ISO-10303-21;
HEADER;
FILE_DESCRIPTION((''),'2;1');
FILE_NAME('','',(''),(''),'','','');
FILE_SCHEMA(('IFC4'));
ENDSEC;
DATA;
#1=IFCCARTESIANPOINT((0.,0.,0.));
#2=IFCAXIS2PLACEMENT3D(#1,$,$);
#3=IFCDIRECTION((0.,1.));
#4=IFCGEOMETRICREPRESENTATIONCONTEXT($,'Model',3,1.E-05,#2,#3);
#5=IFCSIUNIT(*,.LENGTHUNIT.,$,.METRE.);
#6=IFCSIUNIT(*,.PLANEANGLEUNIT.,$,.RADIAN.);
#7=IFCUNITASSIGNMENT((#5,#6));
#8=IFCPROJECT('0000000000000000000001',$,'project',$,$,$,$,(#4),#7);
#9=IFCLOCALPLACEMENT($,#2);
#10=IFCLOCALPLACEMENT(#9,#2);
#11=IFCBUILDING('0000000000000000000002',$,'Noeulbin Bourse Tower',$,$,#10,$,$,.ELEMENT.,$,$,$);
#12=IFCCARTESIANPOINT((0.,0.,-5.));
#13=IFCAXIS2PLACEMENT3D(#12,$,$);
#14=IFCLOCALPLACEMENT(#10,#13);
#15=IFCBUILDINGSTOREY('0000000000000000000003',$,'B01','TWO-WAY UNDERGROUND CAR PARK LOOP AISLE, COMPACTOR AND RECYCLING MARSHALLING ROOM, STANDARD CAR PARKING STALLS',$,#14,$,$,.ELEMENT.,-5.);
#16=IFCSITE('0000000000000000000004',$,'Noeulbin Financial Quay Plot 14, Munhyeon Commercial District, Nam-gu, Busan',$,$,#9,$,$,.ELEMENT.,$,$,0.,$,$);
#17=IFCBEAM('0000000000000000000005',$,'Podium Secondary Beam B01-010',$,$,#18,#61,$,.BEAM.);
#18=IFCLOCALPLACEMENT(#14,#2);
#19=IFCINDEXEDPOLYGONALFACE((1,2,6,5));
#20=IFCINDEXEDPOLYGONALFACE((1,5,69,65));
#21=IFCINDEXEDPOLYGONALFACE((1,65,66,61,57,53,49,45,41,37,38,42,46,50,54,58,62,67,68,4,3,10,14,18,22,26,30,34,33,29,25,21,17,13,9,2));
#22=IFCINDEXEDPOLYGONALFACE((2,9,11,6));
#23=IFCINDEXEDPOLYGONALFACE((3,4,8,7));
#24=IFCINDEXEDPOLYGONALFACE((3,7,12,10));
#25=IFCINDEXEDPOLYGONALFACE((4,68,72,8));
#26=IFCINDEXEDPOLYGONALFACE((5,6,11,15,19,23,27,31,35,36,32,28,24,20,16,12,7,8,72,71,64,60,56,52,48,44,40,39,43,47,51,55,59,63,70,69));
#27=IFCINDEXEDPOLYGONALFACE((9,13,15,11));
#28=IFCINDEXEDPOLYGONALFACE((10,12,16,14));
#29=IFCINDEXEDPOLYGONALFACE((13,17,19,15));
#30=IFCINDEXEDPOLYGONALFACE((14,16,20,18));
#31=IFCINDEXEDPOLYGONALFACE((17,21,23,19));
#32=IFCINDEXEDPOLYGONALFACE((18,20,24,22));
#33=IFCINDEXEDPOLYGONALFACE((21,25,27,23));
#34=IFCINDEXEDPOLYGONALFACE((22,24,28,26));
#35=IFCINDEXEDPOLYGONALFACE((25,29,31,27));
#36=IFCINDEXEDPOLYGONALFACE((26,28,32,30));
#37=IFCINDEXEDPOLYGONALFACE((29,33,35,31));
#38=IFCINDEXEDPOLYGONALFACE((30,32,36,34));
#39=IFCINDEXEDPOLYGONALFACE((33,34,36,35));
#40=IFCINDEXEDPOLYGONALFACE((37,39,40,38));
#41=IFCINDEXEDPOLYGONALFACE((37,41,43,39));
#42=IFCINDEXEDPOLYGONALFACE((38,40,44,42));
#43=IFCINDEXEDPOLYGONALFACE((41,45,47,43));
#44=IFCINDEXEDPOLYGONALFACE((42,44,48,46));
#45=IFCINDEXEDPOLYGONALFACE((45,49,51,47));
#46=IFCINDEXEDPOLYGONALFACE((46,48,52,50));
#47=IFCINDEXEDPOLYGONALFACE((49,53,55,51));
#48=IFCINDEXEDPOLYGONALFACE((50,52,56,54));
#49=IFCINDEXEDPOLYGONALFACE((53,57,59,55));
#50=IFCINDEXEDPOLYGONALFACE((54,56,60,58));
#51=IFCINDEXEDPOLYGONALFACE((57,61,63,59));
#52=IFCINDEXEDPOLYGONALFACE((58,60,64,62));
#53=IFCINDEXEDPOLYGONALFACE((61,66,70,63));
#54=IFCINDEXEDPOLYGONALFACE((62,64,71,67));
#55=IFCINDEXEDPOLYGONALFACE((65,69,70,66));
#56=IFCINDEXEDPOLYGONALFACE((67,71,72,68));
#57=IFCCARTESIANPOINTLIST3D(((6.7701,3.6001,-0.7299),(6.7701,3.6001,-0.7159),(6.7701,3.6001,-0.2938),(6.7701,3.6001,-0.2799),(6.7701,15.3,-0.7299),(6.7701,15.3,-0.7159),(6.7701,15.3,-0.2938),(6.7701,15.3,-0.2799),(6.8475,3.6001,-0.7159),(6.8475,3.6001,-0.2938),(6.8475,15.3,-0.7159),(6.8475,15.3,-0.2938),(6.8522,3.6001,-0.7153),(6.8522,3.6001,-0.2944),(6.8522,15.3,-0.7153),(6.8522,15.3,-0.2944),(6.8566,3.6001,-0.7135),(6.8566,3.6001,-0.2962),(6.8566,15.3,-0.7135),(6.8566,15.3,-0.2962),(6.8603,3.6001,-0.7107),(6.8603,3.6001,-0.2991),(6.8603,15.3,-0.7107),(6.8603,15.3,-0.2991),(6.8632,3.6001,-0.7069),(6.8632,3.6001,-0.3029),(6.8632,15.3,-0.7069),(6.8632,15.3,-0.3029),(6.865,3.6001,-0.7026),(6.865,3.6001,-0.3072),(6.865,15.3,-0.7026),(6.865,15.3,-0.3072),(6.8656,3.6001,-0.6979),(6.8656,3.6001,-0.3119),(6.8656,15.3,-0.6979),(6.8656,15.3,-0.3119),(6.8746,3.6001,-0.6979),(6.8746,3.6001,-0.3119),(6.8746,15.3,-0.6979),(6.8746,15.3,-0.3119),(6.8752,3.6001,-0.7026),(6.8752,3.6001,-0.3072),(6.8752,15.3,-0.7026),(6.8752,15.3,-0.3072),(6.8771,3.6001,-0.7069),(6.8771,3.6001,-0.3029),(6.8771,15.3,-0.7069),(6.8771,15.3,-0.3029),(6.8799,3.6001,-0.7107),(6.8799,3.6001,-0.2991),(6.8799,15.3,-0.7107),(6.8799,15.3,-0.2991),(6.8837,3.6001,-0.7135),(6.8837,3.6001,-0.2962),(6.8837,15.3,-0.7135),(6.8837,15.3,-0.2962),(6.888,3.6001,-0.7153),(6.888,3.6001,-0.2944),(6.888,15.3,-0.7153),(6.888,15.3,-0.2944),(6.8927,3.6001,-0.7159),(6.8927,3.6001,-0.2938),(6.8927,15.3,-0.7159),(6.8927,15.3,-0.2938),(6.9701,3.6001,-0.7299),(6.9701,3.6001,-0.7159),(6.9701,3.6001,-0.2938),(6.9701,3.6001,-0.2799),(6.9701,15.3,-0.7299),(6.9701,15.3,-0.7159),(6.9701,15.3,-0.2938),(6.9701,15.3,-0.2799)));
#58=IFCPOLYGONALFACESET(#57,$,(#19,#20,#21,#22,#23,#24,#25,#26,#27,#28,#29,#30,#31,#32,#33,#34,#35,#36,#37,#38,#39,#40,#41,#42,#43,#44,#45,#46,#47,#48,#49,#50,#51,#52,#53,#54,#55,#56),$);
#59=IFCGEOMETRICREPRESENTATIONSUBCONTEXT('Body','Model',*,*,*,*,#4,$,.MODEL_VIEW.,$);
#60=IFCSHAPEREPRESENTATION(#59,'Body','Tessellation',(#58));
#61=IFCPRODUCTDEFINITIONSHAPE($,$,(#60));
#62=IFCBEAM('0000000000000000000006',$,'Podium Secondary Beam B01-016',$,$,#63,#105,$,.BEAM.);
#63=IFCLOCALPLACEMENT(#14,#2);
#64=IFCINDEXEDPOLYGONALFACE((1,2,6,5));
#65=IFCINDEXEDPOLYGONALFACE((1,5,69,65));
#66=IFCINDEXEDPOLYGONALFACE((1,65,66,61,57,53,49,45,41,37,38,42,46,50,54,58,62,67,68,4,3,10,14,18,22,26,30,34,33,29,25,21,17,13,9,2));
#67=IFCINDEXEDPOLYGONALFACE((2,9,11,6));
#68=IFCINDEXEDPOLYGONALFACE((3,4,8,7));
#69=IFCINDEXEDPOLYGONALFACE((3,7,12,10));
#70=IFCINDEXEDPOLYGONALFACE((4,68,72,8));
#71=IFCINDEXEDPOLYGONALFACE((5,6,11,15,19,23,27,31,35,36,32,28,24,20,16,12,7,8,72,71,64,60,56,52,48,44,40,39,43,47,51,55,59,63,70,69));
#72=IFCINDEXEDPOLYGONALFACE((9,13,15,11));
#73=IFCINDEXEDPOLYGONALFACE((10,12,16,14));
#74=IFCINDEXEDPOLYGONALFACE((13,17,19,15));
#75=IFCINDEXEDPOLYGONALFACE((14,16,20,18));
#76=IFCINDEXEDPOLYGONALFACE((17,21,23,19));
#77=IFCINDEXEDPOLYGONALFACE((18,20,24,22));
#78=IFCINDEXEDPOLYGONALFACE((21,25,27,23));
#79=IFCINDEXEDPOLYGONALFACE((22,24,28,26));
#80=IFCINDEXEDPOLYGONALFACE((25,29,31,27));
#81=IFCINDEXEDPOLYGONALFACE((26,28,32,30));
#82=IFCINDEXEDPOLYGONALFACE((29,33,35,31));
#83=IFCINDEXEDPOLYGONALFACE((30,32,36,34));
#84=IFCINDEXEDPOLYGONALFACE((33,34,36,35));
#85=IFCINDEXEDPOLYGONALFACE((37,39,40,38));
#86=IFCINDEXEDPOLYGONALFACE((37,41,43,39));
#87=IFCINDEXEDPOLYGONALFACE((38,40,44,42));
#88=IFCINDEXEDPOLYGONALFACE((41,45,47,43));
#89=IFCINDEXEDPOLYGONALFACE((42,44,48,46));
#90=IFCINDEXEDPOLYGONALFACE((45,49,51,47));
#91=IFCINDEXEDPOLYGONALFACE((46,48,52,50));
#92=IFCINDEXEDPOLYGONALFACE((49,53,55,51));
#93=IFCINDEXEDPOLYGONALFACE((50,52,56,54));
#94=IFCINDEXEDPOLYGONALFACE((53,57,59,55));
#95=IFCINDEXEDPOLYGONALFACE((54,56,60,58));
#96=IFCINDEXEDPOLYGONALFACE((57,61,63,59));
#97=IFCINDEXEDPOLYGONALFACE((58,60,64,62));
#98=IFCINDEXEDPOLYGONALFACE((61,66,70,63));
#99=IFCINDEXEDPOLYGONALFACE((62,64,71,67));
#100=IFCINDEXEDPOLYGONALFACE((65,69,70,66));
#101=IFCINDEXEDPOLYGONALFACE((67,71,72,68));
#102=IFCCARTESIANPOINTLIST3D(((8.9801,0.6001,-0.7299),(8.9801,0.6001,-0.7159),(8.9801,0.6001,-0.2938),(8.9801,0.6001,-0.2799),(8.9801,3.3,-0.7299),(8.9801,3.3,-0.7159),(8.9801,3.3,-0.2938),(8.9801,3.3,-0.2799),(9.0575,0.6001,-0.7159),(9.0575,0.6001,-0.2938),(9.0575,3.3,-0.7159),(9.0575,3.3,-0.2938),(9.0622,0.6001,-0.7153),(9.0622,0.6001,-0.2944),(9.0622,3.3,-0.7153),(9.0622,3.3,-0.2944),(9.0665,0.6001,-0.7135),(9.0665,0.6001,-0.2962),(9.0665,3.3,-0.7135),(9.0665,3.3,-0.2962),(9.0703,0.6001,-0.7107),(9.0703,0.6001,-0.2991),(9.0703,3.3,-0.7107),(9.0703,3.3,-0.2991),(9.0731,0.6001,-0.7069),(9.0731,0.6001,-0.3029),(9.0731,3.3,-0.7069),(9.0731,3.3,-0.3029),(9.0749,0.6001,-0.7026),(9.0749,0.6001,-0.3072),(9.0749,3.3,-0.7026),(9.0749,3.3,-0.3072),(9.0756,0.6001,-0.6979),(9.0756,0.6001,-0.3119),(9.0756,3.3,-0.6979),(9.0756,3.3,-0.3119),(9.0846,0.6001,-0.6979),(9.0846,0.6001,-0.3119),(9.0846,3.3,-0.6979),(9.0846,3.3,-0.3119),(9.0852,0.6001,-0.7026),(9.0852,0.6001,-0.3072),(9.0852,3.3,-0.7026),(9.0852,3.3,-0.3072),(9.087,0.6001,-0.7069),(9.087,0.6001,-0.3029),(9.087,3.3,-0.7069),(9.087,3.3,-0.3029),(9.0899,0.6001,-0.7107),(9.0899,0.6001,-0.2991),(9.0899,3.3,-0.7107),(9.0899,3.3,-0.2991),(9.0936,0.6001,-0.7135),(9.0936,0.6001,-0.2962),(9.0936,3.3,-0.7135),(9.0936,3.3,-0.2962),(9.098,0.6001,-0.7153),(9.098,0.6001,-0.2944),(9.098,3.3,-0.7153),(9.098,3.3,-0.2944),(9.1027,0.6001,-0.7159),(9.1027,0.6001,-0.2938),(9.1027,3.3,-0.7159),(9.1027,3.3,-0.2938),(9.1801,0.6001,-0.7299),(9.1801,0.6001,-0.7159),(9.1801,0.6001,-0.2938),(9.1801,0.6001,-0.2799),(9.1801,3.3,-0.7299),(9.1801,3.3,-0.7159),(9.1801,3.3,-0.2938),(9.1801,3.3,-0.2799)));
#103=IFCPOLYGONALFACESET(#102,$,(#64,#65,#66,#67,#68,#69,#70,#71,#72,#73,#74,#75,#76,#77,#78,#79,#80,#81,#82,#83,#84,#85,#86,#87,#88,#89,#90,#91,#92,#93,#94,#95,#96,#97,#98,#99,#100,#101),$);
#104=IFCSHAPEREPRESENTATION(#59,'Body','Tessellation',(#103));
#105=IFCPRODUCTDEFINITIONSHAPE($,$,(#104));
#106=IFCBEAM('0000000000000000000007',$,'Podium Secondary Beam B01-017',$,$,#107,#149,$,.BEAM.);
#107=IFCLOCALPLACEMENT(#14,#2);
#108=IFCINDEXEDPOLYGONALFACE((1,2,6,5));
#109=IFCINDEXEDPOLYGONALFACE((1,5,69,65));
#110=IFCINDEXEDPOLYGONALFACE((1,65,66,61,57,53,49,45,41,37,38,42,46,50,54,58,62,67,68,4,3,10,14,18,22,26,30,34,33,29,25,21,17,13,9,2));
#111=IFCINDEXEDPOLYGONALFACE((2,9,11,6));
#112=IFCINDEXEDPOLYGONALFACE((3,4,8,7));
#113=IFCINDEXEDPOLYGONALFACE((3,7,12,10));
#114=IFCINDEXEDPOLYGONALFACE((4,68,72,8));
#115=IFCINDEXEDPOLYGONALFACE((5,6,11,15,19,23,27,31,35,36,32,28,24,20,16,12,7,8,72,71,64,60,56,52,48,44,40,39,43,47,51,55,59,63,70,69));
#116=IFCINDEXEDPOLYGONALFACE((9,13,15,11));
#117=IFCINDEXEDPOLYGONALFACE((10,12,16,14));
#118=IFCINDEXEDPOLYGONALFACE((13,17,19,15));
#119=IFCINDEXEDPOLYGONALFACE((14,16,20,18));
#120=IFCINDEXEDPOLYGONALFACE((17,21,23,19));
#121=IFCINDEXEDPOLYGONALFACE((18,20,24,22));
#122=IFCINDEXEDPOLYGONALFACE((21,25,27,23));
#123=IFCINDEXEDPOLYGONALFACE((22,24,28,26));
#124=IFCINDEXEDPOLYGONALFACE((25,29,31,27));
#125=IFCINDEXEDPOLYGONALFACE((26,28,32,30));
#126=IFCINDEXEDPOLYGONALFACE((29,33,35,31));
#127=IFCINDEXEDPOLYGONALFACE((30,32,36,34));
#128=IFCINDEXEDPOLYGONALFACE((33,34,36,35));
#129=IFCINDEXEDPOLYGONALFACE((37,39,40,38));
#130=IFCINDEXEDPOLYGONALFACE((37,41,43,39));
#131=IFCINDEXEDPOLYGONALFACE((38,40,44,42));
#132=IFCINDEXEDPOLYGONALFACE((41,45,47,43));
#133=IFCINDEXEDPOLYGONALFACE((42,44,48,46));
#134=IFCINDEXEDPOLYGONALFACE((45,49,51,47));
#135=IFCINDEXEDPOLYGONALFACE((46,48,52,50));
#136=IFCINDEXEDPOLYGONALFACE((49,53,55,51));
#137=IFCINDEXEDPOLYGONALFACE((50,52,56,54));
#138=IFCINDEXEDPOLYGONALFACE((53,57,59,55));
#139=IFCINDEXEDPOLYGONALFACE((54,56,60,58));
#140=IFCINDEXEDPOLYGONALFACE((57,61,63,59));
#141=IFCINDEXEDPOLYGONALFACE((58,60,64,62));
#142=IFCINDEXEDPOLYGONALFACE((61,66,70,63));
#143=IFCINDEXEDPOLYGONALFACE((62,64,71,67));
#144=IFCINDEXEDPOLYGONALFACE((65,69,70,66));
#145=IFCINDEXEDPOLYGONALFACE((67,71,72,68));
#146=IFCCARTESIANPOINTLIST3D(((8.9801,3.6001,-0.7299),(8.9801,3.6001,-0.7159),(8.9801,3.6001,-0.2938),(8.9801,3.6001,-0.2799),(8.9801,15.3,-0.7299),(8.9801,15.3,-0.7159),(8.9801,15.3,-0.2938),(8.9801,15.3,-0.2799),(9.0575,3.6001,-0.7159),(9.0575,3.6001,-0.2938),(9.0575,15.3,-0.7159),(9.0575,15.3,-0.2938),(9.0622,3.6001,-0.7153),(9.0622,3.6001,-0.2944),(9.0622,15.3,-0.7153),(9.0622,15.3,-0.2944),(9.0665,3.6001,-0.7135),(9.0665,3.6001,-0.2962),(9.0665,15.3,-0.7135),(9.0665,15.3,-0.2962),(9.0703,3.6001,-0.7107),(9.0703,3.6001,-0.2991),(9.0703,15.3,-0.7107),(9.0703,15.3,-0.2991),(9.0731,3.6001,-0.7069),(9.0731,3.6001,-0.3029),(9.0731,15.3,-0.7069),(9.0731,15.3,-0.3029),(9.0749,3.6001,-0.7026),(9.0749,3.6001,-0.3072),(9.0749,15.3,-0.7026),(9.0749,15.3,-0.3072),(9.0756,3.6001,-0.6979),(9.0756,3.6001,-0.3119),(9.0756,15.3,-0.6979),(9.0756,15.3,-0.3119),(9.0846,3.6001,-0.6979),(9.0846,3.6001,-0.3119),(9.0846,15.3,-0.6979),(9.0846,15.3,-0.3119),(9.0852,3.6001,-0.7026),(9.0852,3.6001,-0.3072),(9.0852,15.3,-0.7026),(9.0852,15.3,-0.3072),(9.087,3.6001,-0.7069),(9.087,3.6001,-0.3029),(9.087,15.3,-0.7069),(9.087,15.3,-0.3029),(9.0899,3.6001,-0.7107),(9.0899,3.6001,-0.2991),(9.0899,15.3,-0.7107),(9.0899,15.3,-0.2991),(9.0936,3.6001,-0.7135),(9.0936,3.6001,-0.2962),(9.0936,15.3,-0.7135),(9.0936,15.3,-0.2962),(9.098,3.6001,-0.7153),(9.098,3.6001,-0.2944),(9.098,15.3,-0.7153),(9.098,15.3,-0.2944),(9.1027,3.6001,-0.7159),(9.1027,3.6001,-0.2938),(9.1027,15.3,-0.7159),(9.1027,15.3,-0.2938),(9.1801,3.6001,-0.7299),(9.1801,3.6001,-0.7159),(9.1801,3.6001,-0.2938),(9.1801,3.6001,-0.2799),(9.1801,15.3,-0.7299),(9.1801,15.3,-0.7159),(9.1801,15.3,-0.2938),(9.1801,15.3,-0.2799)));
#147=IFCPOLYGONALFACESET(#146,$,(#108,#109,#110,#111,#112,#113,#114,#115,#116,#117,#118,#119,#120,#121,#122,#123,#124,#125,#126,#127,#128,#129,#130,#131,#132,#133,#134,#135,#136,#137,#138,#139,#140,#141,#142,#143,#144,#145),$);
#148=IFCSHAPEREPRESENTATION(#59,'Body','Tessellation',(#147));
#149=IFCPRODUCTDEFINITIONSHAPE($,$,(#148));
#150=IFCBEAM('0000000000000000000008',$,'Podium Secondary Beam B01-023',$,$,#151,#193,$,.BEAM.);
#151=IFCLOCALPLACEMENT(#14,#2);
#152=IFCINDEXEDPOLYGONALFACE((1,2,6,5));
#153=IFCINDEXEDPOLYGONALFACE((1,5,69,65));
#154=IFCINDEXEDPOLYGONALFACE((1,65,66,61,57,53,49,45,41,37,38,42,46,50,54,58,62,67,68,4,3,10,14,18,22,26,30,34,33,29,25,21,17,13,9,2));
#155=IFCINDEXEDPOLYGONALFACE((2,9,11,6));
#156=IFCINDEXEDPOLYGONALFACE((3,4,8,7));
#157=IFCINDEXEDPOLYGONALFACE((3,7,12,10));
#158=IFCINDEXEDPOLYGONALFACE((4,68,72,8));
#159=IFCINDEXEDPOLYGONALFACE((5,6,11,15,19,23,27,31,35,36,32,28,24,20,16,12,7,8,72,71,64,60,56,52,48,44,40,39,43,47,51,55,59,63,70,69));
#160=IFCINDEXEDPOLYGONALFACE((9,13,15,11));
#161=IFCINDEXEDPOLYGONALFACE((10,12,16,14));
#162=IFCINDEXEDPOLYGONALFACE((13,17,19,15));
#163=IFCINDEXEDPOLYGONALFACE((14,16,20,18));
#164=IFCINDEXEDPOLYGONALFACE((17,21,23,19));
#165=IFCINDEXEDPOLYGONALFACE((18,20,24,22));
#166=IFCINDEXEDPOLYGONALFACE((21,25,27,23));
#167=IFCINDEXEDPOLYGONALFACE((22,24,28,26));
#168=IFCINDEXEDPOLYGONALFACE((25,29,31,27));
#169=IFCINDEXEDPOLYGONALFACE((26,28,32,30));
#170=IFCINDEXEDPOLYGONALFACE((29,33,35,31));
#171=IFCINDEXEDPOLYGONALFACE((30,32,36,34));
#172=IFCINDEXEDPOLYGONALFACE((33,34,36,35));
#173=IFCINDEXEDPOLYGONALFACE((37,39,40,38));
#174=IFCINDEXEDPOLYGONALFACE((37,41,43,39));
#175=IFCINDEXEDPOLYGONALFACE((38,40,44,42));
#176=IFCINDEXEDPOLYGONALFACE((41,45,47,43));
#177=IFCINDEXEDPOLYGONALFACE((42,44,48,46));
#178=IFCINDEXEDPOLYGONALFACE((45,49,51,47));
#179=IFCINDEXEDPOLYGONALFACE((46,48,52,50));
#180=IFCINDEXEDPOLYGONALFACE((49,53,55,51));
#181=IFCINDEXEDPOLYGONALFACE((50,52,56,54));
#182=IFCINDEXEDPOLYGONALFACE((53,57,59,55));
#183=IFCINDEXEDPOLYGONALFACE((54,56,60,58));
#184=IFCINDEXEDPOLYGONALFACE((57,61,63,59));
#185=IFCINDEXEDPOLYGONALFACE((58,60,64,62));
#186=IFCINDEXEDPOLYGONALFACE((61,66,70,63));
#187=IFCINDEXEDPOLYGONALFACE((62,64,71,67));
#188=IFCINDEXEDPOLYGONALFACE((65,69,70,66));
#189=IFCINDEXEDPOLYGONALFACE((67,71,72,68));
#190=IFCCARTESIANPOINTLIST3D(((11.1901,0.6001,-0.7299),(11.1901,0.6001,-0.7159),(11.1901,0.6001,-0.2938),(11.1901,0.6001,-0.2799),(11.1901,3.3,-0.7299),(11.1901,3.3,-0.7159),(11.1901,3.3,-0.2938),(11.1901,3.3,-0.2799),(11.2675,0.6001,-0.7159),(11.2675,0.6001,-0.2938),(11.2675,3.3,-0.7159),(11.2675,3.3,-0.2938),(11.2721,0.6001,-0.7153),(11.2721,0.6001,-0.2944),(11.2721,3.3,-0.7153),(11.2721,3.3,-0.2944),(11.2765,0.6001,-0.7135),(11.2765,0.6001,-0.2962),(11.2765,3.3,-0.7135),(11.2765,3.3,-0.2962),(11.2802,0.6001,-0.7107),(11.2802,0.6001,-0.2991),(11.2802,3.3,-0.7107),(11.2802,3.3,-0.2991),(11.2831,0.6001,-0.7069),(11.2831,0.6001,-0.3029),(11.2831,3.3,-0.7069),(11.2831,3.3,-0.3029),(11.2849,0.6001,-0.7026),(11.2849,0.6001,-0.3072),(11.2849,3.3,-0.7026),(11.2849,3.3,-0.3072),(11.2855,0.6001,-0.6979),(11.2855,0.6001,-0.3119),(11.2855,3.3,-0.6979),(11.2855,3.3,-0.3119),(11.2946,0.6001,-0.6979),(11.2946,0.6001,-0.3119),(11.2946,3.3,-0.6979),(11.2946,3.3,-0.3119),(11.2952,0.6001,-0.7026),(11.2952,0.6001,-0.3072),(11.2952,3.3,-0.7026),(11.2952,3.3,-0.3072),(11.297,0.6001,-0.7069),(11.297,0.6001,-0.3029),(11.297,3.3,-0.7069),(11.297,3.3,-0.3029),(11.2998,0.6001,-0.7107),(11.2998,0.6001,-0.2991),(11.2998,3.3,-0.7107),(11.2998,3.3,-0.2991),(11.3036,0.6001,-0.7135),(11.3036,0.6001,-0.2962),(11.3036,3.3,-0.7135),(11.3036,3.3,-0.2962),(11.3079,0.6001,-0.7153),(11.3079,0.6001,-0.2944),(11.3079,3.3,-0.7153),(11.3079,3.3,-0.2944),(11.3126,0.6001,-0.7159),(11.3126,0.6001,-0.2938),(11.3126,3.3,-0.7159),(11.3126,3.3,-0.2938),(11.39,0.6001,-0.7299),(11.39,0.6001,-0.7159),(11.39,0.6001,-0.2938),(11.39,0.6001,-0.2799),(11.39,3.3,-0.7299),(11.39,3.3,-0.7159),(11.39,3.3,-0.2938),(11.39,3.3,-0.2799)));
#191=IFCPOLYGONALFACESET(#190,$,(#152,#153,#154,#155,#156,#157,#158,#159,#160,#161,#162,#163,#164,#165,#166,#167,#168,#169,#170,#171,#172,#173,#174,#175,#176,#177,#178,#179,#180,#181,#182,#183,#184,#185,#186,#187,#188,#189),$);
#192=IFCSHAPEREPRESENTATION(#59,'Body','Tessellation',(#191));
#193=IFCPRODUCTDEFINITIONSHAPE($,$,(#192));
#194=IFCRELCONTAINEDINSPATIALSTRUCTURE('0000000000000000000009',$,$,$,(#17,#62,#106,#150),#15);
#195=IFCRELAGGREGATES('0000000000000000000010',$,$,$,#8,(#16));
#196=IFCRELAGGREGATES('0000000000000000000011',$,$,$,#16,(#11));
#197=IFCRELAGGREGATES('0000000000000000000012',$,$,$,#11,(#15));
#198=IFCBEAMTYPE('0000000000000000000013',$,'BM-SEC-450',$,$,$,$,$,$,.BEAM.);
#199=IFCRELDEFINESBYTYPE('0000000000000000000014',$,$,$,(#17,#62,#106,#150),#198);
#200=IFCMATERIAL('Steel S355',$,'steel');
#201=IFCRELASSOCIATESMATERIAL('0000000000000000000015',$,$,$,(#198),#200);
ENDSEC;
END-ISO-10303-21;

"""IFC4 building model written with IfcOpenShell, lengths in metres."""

from ifc_helpers import new_model, si_unit, direction, frame, origin, origin_2d, place, context, subcontext, project, spatial, i_section, extrude, material, material_profile, profile_set, type_object, element, save


model = new_model("IFC4")

# Units and contexts
model_context = context("Model", 3, precision=1e-05, world=origin(), true_north=direction((0.0, 1.0)))
body_context = subcontext(model_context, "Body", "Model", "MODEL_VIEW")
ifc_project = project(units=[si_unit("LENGTHUNIT", "METRE"), si_unit("PLANEANGLEUNIT", "RADIAN")], contexts=[model_context])

# Site, building, storey
site_placement = place(None, origin())
site = spatial("IfcSite", under=ifc_project, at=site_placement, Name="Noeulbin Financial Quay Plot 14, Munhyeon Commercial District, Nam-gu, Busan", CompositionType="ELEMENT", RefElevation=0.0)
building_placement = place(site_placement, origin())
building = spatial("IfcBuilding", under=site, at=building_placement, Name="Noeulbin Bourse Tower", CompositionType="ELEMENT")
storey_placement = place(building_placement, frame((0.0, 0.0, -5.0)))
storey = spatial("IfcBuildingStorey", under=building, at=storey_placement, Name="B01", Description="TWO-WAY UNDERGROUND CAR PARK LOOP AISLE, COMPACTOR AND RECYCLING MARSHALLING ROOM, STANDARD CAR PARKING STALLS", CompositionType="ELEMENT", Elevation=-5.0)

# Beams
ifc_material_1 = material(Name="Steel S355", Category="steel")
ifc_material_profile_1 = material_profile(ifc_material_1, i_section(OverallWidth=0.2, OverallDepth=0.45, WebThickness=0.009, FlangeThickness=0.0139, FilletRadius=0.0181, at=origin_2d()), Name="H-450x200x9x14", Category="LoadBearing")
ifc_profile_set_1 = profile_set([ifc_material_profile_1], Name="Steel S355")
beam_type_1 = type_object("IfcBeamType", Name="BM-SEC-450", PredefinedType="BEAM", material=ifc_profile_set_1)
beam_1_placement = place(storey_placement, frame((6.8701, 3.6001, -0.5049), z_axis=(0.0, 1.0, 0.0), x_axis=(-1.0, 0.0, 0.0)))
element("IfcBeam", 1, at=beam_1_placement, inside=storey, type_object=beam_type_1, Name="Podium Secondary Beam B01-010", PredefinedType="BEAM", context=body_context, shape_type="SweptSolid", body=[
    extrude(i_section(OverallWidth=0.2, OverallDepth=0.45, WebThickness=0.009, FlangeThickness=0.0139, FilletRadius=0.0181, at=origin_2d()), origin(), (0.0, 0.0, 1.0), 11.7),
])
beam_2_placement = place(storey_placement, frame((9.0801, 0.6001, -0.5049), z_axis=(0.0, 1.0, 0.0), x_axis=(-1.0, 0.0, 0.0)))
element("IfcBeam", 2, at=beam_2_placement, inside=storey, type_object=beam_type_1, Name="Podium Secondary Beam B01-016", PredefinedType="BEAM", context=body_context, shape_type="SweptSolid", body=[
    extrude(i_section(OverallWidth=0.2, OverallDepth=0.45, WebThickness=0.009, FlangeThickness=0.0139, FilletRadius=0.0181, at=origin_2d()), origin(), (0.0, 0.0, 1.0), 2.7),
])
beam_3_placement = place(storey_placement, frame((9.0801, 3.6001, -0.5049), z_axis=(0.0, 1.0, 0.0), x_axis=(-1.0, 0.0, 0.0)))
element("IfcBeam", 3, at=beam_3_placement, inside=storey, type_object=beam_type_1, Name="Podium Secondary Beam B01-017", PredefinedType="BEAM", context=body_context, shape_type="SweptSolid", body=[
    extrude(i_section(OverallWidth=0.2, OverallDepth=0.45, WebThickness=0.009, FlangeThickness=0.0139, FilletRadius=0.0181, at=origin_2d()), origin(), (0.0, 0.0, 1.0), 11.7),
])
beam_4_placement = place(storey_placement, frame((11.29, 0.6001, -0.5049), z_axis=(0.0, 1.0, 0.0), x_axis=(-1.0, 0.0, 0.0)))
element("IfcBeam", 4, at=beam_4_placement, inside=storey, type_object=beam_type_1, Name="Podium Secondary Beam B01-023", PredefinedType="BEAM", context=body_context, shape_type="SweptSolid", body=[
    extrude(i_section(OverallWidth=0.2, OverallDepth=0.45, WebThickness=0.009, FlangeThickness=0.0139, FilletRadius=0.0181, at=origin_2d()), origin(), (0.0, 0.0, 1.0), 2.7),
])

save(model, "model.ifc")
